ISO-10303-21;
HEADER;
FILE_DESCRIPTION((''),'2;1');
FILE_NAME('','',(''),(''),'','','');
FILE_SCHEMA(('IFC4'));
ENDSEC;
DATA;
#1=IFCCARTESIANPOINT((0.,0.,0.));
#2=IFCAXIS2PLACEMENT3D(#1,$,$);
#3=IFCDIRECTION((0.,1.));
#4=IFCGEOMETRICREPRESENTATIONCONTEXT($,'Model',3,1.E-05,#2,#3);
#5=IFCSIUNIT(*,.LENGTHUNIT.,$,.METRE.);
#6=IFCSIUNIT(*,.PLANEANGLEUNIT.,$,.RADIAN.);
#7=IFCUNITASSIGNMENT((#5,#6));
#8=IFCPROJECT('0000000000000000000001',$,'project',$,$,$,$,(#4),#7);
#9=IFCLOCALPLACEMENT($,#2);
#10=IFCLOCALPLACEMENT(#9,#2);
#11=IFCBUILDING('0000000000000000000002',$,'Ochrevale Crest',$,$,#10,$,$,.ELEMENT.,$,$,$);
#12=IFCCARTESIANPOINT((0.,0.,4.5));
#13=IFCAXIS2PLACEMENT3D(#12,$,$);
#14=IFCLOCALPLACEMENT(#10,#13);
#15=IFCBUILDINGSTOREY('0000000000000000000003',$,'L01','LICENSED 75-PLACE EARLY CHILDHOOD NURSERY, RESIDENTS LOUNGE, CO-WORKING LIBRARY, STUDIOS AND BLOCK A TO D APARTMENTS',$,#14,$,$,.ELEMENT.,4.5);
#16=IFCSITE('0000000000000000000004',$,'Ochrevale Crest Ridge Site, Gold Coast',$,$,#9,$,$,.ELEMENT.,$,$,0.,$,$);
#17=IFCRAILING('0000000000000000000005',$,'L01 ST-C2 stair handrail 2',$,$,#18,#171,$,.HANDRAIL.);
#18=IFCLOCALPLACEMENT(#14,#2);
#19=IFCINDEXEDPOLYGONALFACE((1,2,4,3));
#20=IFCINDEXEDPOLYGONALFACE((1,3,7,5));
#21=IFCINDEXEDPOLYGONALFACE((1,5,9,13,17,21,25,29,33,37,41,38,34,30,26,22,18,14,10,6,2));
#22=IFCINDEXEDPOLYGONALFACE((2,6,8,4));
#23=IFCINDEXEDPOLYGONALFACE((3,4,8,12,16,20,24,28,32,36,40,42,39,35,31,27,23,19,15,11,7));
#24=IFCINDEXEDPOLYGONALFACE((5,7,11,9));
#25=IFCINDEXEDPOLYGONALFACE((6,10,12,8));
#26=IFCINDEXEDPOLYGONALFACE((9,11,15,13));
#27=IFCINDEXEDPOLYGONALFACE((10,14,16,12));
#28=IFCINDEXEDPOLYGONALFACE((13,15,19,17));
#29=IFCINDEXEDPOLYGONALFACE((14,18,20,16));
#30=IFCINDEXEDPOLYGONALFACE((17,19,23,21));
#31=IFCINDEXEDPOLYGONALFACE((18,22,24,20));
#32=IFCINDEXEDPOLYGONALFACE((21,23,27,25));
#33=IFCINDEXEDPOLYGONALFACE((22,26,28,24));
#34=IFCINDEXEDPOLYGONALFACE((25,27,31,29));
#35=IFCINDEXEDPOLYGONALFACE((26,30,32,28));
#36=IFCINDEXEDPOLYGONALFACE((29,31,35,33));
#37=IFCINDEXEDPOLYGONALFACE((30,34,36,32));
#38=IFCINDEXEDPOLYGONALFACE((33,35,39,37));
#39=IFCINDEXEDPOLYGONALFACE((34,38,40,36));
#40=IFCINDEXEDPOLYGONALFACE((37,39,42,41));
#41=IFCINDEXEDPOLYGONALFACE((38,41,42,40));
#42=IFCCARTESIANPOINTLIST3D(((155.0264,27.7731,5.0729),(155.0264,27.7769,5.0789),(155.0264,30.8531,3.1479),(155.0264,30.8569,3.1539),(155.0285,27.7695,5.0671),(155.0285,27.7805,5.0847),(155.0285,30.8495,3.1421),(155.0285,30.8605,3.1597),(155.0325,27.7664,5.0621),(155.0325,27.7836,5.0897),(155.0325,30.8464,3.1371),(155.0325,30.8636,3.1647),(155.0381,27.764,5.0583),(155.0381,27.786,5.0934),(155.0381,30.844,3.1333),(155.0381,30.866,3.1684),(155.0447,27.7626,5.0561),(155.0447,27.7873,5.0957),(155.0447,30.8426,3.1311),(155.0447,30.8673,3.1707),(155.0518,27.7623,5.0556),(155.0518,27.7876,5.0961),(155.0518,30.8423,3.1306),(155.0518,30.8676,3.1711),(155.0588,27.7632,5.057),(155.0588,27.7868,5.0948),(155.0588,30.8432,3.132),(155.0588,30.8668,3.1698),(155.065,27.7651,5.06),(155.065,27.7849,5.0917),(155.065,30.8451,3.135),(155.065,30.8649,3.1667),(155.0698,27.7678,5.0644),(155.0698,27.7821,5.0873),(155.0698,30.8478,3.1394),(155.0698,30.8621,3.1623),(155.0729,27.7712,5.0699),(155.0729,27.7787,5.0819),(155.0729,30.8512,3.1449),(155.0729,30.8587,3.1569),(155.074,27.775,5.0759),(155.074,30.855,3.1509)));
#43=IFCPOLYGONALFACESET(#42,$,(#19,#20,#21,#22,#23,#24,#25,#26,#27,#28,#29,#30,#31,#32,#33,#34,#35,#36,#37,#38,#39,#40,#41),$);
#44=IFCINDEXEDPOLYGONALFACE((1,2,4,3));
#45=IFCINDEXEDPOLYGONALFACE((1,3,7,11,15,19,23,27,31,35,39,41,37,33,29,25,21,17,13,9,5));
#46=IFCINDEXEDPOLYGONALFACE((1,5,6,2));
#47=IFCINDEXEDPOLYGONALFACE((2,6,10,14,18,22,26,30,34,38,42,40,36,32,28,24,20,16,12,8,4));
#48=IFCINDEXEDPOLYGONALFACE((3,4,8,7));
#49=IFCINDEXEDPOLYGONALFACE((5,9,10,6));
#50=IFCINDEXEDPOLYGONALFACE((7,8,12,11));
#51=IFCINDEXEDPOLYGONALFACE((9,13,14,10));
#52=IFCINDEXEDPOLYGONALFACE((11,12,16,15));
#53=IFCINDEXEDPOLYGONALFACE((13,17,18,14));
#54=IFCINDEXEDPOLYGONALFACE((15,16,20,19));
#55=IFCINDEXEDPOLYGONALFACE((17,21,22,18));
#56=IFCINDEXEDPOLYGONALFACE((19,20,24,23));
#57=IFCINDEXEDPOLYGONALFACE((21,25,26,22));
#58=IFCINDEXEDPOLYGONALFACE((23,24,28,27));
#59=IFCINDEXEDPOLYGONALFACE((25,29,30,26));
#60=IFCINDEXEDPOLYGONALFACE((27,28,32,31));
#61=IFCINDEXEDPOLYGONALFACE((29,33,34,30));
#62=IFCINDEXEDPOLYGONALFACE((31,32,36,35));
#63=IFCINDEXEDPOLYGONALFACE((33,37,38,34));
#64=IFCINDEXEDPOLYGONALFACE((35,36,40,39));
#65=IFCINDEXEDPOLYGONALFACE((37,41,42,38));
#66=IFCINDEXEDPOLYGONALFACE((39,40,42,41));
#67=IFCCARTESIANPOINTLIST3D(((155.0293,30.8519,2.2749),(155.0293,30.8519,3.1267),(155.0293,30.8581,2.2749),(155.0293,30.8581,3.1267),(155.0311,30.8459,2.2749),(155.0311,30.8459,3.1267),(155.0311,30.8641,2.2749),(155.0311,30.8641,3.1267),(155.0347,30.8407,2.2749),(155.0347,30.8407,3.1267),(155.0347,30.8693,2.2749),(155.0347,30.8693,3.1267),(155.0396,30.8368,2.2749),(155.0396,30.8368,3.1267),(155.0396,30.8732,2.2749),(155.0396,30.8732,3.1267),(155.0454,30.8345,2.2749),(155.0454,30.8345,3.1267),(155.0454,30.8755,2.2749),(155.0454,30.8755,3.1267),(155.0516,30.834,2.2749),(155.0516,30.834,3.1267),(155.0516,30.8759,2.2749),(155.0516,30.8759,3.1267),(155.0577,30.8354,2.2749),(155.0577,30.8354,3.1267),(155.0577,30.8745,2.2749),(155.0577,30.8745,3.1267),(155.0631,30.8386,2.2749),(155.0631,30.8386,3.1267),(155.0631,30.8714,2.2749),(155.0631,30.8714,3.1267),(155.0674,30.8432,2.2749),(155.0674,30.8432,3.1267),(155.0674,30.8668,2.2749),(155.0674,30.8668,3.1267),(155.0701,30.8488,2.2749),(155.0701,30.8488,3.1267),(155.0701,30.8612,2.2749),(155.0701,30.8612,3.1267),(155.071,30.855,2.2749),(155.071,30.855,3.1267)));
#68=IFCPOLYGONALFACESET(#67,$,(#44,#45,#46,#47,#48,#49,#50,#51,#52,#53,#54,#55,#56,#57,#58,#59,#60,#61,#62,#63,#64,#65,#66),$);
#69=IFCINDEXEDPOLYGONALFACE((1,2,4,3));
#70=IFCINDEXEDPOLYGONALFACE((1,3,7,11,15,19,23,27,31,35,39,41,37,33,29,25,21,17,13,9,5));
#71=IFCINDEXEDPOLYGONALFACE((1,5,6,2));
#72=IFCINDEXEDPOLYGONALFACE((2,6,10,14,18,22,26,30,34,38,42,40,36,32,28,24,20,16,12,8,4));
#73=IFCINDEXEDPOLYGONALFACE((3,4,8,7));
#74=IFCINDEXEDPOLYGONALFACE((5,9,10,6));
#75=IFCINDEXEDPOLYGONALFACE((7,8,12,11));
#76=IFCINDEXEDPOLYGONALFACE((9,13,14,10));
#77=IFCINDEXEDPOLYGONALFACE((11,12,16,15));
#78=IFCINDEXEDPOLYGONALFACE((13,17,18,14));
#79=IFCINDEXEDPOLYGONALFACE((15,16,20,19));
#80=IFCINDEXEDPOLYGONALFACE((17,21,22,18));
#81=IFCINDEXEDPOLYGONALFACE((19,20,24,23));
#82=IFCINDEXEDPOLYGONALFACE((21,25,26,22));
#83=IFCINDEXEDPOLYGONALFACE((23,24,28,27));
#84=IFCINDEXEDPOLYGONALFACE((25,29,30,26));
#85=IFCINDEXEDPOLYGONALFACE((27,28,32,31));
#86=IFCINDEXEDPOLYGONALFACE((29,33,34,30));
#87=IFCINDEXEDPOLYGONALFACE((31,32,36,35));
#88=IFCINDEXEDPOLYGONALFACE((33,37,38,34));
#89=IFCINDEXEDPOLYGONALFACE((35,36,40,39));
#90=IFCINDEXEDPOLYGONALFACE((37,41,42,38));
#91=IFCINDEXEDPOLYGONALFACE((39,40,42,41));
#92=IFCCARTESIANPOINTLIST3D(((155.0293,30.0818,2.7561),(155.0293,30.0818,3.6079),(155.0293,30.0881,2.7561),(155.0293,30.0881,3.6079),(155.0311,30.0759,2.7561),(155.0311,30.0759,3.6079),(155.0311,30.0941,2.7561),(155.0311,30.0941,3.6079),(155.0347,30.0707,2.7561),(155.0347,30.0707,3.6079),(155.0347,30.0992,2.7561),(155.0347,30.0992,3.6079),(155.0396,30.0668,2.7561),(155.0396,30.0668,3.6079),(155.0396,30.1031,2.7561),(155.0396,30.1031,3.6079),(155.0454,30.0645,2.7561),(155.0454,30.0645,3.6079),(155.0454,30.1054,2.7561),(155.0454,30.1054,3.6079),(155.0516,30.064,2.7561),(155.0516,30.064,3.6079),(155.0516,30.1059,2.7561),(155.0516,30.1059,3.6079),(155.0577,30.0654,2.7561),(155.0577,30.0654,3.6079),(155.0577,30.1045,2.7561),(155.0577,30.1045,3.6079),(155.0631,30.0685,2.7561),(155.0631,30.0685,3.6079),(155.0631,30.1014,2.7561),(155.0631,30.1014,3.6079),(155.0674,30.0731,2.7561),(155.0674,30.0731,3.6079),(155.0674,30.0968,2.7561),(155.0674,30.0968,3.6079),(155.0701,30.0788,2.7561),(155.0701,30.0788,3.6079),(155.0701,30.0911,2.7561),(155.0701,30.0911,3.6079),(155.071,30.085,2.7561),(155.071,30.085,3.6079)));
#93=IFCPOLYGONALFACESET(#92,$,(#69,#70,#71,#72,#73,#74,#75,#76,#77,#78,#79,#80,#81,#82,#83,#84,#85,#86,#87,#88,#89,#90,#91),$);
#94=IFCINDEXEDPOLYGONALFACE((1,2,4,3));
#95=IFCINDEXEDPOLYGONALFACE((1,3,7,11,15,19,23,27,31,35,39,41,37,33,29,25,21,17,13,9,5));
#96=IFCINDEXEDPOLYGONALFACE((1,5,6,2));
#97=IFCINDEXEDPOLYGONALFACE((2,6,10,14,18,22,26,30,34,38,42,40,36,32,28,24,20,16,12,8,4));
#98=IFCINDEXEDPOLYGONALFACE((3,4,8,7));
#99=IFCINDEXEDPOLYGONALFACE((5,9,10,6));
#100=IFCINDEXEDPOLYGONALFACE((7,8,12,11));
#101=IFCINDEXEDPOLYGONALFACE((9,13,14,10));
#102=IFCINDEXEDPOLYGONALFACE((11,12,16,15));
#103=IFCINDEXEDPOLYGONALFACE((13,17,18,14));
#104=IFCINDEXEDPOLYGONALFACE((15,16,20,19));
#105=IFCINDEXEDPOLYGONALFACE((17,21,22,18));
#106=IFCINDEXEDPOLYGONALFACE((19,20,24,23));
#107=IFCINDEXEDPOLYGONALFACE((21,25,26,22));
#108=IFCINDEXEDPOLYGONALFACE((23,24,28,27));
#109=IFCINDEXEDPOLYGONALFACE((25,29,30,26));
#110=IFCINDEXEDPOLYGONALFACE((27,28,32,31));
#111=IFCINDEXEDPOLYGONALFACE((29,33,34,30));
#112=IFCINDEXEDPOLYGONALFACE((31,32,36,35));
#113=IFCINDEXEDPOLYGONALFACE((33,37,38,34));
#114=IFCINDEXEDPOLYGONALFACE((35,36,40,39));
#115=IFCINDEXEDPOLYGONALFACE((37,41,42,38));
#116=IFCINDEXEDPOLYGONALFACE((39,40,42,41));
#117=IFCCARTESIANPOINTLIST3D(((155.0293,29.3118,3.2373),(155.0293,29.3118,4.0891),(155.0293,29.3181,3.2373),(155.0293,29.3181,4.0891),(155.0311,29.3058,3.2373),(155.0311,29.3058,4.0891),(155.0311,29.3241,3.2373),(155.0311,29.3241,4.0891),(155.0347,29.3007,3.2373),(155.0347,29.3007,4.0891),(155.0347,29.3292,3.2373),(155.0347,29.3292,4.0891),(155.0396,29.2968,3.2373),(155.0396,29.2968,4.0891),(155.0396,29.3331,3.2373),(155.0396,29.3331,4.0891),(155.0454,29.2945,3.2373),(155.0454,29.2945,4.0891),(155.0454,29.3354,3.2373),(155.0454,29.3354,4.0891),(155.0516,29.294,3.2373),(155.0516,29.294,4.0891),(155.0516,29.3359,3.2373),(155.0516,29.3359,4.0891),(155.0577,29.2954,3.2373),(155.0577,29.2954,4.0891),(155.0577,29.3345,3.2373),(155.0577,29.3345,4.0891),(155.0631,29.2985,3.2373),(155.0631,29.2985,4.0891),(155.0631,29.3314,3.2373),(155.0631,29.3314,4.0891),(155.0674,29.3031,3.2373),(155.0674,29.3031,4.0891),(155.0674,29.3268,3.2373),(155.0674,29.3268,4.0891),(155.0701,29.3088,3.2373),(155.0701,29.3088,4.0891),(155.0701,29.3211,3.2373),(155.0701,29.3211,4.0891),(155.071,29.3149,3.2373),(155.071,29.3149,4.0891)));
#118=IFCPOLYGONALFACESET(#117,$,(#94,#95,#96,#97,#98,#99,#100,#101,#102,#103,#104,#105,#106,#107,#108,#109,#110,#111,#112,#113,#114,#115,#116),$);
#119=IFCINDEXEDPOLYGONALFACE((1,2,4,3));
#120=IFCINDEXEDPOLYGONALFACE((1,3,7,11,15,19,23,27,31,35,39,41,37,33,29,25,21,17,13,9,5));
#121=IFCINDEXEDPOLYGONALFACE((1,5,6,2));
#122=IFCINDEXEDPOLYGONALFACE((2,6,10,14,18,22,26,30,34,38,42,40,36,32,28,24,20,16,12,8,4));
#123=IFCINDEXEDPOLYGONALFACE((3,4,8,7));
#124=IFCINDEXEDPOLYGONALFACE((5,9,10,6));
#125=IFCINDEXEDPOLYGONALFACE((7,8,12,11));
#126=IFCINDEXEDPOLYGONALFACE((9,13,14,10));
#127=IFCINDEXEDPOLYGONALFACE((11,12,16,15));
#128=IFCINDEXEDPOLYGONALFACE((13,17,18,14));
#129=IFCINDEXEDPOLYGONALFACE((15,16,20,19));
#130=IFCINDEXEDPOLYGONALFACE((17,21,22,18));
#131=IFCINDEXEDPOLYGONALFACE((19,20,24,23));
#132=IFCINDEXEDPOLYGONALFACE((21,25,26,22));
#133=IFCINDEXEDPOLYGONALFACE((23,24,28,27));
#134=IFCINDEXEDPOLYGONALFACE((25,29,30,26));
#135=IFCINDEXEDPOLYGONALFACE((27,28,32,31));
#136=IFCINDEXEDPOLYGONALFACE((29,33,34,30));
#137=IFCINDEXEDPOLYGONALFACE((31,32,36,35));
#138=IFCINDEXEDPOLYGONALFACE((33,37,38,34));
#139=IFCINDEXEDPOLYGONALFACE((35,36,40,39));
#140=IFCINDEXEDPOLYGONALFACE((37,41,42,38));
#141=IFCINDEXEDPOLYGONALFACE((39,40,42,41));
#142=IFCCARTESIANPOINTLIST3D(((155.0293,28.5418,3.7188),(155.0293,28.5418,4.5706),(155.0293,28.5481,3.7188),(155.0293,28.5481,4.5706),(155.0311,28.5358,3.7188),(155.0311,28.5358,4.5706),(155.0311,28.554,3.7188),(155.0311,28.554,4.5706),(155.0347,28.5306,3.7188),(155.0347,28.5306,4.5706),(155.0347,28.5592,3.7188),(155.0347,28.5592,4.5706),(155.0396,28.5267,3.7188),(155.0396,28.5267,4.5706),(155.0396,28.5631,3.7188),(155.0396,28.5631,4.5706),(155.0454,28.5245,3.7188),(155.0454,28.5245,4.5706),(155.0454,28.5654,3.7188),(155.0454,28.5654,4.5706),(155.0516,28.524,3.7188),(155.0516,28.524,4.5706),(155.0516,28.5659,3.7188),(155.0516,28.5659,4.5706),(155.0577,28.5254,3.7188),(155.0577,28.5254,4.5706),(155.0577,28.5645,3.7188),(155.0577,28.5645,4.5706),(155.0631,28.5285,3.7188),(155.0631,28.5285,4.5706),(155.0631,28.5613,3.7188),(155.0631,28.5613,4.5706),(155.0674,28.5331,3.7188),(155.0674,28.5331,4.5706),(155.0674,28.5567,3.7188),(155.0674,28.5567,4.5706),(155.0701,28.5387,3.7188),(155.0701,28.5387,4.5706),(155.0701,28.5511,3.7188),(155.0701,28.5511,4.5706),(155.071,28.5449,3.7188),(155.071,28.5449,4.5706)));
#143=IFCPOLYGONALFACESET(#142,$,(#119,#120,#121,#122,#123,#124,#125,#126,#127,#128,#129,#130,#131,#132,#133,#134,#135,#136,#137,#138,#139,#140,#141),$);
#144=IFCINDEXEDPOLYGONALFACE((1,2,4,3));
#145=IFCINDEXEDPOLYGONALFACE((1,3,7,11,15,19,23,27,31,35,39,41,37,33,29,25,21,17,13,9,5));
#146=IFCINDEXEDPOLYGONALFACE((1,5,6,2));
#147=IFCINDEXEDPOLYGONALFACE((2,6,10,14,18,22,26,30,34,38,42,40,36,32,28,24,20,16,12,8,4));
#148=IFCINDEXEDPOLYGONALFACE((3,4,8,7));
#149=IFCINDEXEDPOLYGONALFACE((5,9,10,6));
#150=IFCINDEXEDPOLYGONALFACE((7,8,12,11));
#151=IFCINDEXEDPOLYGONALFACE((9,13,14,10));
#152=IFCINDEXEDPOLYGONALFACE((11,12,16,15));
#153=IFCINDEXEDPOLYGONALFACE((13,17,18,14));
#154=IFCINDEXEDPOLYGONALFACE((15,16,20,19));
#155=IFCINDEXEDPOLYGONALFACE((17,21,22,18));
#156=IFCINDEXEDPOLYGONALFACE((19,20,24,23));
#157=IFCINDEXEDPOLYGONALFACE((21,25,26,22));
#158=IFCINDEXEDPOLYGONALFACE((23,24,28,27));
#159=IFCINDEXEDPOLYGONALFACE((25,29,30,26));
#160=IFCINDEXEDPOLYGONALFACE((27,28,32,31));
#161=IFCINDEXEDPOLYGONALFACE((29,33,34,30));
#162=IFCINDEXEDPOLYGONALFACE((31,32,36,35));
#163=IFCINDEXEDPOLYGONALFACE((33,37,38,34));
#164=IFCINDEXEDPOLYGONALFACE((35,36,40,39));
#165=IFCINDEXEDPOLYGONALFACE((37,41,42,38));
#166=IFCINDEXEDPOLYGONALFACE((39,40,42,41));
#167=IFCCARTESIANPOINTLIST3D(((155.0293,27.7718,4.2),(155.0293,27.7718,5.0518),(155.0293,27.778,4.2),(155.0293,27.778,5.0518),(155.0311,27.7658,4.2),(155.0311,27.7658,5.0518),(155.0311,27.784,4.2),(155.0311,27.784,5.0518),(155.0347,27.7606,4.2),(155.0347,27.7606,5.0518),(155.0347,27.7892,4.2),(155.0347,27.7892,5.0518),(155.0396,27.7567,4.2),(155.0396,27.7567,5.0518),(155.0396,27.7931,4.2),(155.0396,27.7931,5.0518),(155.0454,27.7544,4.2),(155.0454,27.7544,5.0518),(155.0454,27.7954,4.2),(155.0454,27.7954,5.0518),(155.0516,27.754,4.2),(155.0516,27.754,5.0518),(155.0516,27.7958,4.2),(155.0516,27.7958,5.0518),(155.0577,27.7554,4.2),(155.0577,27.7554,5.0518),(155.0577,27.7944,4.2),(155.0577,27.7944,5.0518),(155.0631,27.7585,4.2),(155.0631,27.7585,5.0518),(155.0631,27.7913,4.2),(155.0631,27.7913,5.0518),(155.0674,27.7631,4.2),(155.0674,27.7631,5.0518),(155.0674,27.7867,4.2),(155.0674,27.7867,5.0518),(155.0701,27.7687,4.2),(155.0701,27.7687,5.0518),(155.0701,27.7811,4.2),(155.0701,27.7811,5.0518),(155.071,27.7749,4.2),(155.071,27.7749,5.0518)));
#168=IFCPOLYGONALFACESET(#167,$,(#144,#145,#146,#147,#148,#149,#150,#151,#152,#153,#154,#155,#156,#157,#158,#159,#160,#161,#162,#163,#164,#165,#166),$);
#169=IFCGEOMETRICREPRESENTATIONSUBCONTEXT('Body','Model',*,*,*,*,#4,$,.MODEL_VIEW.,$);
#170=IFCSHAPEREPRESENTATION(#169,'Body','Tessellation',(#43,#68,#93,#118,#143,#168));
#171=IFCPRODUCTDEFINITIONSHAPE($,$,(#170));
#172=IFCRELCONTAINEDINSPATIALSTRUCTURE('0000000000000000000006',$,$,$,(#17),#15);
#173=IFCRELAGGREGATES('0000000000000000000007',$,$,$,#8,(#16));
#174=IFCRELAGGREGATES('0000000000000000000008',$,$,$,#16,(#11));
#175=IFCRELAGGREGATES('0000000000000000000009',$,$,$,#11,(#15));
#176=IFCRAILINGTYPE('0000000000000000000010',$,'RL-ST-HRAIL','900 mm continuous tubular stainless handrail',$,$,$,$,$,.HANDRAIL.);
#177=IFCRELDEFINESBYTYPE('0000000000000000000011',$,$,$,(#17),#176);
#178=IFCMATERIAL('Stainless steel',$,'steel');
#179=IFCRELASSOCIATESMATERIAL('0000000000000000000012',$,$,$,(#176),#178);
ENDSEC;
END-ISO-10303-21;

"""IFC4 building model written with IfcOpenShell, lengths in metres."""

from ifc_helpers import new_model, si_unit, direction, frame, origin, origin_2d, place, context, subcontext, project, spatial, circle, extrude, material, type_object, element, save


model = new_model("IFC4")

# Units and contexts
model_context = context("Model", 3, precision=1e-05, world=origin(), true_north=direction((0.0, 1.0)))
body_context = subcontext(model_context, "Body", "Model", "MODEL_VIEW")
ifc_project = project(units=[si_unit("LENGTHUNIT", "METRE"), si_unit("PLANEANGLEUNIT", "RADIAN")], contexts=[model_context])

# Site, building, storey
site_placement = place(None, origin())
site = spatial("IfcSite", under=ifc_project, at=site_placement, Name="Ochrevale Crest Ridge Site, Gold Coast", CompositionType="ELEMENT", RefElevation=0.0)
building_placement = place(site_placement, origin())
building = spatial("IfcBuilding", under=site, at=building_placement, Name="Ochrevale Crest", CompositionType="ELEMENT")
storey_placement = place(building_placement, frame((0.0, 0.0, 4.5)))
storey = spatial("IfcBuildingStorey", under=building, at=storey_placement, Name="L01", Description="LICENSED 75-PLACE EARLY CHILDHOOD NURSERY, RESIDENTS LOUNGE, CO-WORKING LIBRARY, STUDIOS AND BLOCK A TO D APARTMENTS", CompositionType="ELEMENT", Elevation=4.5)

# Railing
ifc_material_1 = material(Name="Stainless steel", Category="steel")
railing_type_1 = type_object("IfcRailingType", Name="RL-ST-HRAIL", Description="900 mm continuous tubular stainless handrail", PredefinedType="HANDRAIL", material=ifc_material_1)
railing_1_placement = place(storey_placement, frame((155.05, 30.855, 2.2749)))
element("IfcRailing", 1, at=railing_1_placement, inside=storey, type_object=railing_type_1, Name="L01 ST-C2 stair handrail 2", PredefinedType="HANDRAIL", context=body_context, shape_type="SweptSolid", body=[
    extrude(circle(Radius=0.0239, at=origin_2d()), frame((0.0, 0.0, 0.876), z_axis=(0.0, -0.847998, 0.529999), x_axis=(1.0, 0.0, 0.0)), (0.0, 0.0, 1.0), 3.6321),
    extrude(circle(Radius=0.021, at=origin_2d()), origin(), (0.0, 0.0, 1.0), 0.8518),
    extrude(circle(Radius=0.021, at=origin_2d()), frame((0.0, -0.77, 0.4812)), (0.0, 0.0, 1.0), 0.8518),
    extrude(circle(Radius=0.021, at=origin_2d()), frame((0.0, -1.54, 0.9624)), (0.0, 0.0, 1.0), 0.8518),
    extrude(circle(Radius=0.021, at=origin_2d()), frame((0.0, -2.3101, 1.4438)), (0.0, 0.0, 1.0), 0.8518),
    extrude(circle(Radius=0.021, at=origin_2d()), frame((0.0, -3.0801, 1.925)), (0.0, 0.0, 1.0), 0.8518),
])

save(model, "model.ifc")
